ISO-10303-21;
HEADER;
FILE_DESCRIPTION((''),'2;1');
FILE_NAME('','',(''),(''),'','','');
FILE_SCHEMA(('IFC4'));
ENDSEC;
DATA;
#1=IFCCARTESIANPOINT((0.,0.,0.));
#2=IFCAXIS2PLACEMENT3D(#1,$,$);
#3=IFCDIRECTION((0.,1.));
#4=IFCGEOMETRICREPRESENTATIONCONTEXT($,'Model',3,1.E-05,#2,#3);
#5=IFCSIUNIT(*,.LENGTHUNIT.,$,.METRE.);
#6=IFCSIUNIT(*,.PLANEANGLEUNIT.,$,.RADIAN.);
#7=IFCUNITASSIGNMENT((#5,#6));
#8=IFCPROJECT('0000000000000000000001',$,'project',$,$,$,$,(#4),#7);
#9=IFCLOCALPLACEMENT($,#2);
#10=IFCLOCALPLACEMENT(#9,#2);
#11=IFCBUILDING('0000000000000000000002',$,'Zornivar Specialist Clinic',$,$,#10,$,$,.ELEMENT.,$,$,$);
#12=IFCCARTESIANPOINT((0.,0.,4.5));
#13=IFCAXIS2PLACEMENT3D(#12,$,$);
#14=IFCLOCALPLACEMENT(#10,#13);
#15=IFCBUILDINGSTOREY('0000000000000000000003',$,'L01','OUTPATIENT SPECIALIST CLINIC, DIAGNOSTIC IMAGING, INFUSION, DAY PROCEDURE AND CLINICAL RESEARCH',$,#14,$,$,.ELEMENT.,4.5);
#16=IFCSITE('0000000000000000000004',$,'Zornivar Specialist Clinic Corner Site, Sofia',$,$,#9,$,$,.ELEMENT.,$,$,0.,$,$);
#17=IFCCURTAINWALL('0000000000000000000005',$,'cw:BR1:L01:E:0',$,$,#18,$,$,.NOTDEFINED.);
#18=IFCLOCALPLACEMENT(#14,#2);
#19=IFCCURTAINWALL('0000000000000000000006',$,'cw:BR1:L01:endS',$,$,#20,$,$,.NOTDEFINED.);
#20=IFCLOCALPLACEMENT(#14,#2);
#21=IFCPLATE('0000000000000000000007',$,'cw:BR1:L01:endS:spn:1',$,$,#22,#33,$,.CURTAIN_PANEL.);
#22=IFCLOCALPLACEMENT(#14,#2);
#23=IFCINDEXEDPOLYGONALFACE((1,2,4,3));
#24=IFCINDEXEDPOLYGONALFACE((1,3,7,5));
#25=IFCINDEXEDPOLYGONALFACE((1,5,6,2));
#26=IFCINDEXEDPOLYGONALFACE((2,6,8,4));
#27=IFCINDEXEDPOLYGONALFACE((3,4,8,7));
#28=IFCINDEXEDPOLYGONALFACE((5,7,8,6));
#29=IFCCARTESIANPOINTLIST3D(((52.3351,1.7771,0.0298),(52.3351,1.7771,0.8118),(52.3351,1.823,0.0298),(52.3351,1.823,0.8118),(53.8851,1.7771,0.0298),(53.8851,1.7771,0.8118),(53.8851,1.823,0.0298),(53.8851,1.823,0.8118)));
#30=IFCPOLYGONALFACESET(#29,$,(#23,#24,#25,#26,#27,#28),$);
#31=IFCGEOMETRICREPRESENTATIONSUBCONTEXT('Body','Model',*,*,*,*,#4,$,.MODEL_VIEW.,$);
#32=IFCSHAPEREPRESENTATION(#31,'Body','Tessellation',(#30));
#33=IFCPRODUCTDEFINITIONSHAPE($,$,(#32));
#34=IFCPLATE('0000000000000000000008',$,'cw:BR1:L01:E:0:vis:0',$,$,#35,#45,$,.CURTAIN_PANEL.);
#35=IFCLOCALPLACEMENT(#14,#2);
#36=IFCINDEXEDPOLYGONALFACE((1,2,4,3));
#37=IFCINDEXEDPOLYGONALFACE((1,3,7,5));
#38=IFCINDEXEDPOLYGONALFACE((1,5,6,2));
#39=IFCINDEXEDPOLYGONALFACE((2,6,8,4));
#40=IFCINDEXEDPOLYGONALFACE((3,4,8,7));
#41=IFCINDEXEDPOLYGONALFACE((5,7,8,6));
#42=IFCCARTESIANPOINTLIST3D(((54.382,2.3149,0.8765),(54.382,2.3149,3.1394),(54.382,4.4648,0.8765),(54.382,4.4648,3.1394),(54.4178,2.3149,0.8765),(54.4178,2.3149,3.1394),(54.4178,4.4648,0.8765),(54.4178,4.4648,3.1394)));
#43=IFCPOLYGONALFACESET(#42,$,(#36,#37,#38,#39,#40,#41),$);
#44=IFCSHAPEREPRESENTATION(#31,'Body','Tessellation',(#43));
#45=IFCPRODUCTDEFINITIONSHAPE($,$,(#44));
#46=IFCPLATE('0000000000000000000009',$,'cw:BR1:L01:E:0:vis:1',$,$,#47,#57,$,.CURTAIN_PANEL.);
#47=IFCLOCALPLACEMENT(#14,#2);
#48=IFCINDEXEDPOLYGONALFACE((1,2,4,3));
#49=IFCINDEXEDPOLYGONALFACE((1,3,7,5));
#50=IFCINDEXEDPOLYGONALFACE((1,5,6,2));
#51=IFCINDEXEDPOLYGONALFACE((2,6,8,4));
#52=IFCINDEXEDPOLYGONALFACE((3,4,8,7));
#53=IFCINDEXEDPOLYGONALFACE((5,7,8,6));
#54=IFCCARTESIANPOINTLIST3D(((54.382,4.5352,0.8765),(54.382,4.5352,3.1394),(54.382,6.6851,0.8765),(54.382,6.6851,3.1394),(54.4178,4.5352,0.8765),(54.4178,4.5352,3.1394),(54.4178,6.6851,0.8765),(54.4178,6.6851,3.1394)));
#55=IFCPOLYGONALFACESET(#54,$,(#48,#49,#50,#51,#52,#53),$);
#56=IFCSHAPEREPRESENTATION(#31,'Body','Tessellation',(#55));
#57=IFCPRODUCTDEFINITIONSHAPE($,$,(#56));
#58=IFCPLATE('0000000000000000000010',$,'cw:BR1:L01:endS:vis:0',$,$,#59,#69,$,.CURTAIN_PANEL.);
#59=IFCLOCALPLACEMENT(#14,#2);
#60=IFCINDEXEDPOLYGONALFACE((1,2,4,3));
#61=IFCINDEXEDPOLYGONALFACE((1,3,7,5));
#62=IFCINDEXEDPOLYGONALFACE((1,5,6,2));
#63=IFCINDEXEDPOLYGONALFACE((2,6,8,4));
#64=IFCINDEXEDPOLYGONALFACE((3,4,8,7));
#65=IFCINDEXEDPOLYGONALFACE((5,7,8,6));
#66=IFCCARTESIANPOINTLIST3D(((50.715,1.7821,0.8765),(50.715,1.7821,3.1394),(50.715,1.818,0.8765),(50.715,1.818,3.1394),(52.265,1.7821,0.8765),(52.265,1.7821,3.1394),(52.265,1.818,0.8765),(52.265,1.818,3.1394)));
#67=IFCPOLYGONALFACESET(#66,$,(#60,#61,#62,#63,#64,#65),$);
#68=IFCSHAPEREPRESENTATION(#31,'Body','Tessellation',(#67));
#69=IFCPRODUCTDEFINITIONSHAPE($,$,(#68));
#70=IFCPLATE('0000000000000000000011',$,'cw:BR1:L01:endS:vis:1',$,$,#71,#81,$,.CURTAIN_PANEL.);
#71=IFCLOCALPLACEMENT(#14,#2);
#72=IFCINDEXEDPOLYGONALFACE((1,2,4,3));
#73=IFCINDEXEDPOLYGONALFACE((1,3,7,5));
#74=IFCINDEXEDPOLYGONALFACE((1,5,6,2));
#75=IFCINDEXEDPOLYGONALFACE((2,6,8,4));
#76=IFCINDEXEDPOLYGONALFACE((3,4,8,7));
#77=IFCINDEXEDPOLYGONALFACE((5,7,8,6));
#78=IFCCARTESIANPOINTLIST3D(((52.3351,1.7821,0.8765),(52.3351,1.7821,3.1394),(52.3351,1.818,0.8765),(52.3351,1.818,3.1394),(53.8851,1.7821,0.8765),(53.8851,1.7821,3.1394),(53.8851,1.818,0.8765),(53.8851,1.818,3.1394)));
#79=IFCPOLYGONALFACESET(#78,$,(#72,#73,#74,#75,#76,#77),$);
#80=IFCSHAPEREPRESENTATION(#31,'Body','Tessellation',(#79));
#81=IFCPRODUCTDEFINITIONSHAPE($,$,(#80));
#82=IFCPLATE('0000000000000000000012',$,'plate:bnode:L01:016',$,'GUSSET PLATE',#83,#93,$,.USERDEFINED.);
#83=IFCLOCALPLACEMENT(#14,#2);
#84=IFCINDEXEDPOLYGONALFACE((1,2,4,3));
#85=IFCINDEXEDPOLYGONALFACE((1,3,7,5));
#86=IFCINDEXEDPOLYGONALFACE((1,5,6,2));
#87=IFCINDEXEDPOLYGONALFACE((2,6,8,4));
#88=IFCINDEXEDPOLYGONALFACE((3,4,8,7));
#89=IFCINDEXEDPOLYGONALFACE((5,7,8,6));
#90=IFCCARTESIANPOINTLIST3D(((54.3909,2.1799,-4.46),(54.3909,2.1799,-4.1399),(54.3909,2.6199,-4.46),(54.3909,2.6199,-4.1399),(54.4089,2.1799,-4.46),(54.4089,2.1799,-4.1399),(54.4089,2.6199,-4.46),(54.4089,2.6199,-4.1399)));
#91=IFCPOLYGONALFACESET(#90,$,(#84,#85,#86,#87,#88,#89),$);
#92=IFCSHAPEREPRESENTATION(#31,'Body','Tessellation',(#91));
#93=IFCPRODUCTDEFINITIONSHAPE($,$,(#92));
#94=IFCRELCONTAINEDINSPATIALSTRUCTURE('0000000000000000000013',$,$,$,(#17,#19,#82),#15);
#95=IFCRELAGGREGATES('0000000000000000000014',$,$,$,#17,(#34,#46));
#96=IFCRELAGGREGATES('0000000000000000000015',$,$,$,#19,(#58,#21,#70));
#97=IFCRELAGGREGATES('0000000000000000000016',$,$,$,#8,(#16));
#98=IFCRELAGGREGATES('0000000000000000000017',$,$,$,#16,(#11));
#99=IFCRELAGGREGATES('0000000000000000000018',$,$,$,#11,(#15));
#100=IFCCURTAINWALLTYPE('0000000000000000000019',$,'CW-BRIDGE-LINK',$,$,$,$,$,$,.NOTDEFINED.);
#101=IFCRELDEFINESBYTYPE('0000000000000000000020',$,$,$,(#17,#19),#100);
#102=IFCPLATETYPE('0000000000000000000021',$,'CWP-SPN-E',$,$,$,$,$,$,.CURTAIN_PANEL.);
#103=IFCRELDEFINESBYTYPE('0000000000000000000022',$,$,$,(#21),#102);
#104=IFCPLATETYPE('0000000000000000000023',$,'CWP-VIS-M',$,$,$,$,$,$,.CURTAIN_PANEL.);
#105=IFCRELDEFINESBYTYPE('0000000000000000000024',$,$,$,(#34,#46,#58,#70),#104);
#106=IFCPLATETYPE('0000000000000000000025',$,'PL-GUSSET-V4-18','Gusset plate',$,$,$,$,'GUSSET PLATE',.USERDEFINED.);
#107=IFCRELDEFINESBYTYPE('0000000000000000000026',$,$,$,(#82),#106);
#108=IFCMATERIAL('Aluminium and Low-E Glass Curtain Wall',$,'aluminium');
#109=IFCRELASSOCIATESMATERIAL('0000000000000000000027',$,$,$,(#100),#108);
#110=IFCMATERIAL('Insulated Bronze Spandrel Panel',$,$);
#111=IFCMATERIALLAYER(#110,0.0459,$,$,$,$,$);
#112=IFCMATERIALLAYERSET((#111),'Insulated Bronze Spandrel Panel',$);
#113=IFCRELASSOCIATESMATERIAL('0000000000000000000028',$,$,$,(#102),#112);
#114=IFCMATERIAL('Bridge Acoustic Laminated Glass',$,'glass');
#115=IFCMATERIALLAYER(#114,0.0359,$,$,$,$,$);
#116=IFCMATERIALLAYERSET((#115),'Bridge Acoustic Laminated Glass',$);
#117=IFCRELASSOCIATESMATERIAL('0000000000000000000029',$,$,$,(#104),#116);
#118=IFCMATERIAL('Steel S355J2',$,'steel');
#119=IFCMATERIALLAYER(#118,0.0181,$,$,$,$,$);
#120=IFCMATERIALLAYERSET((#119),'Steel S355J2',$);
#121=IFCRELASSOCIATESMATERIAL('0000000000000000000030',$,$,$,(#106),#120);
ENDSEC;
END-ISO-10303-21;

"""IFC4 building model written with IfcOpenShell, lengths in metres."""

from ifc_helpers import new_model, si_unit, direction, frame, origin, origin_2d, place, context, subcontext, project, spatial, rectangle, extrude, material, layer, layer_set, type_object, element, aggregate, save


model = new_model("IFC4")

# Units and contexts
model_context = context("Model", 3, precision=1e-05, world=origin(), true_north=direction((0.0, 1.0)))
body_context = subcontext(model_context, "Body", "Model", "MODEL_VIEW")
ifc_project = project(units=[si_unit("LENGTHUNIT", "METRE"), si_unit("PLANEANGLEUNIT", "RADIAN")], contexts=[model_context])

# Site, building, storey
site_placement = place(None, origin())
site = spatial("IfcSite", under=ifc_project, at=site_placement, Name="Zornivar Specialist Clinic Corner Site, Sofia", CompositionType="ELEMENT", RefElevation=0.0)
building_placement = place(site_placement, origin())
building = spatial("IfcBuilding", under=site, at=building_placement, Name="Zornivar Specialist Clinic", CompositionType="ELEMENT")
storey_placement = place(building_placement, frame((0.0, 0.0, 4.5)))
storey = spatial("IfcBuildingStorey", under=building, at=storey_placement, Name="L01", Description="OUTPATIENT SPECIALIST CLINIC, DIAGNOSTIC IMAGING, INFUSION, DAY PROCEDURE AND CLINICAL RESEARCH", CompositionType="ELEMENT", Elevation=4.5)

# Curtain wall
ifc_material_1 = material(Name="Aluminium and Low-E Glass Curtain Wall", Category="aluminium")
curtain_wall_type = type_object("IfcCurtainWallType", Name="CW-BRIDGE-LINK", PredefinedType="NOTDEFINED", material=ifc_material_1)
curtain_wall_1_placement = place(storey_placement, origin())
curtain_wall_1 = element("IfcCurtainWall", 1, at=curtain_wall_1_placement, inside=storey, type_object=curtain_wall_type, Name="cw:BR1:L01:E:0", PredefinedType="NOTDEFINED")

# Curtain wall
curtain_wall_2_placement = place(storey_placement, origin())
curtain_wall_2 = element("IfcCurtainWall", 2, at=curtain_wall_2_placement, inside=storey, type_object=curtain_wall_type, Name="cw:BR1:L01:endS", PredefinedType="NOTDEFINED")

# Plates
ifc_material_2 = material(Name="Insulated Bronze Spandrel Panel")
ifc_layer_1 = layer(ifc_material_2, 0.0459)
ifc_layer_set_1 = layer_set([ifc_layer_1], Name="Insulated Bronze Spandrel Panel")
plate_type_1 = type_object("IfcPlateType", Name="CWP-SPN-E", PredefinedType="CURTAIN_PANEL", material=ifc_layer_set_1)
plate_1_placement = place(storey_placement, frame((53.1101, 1.8, 0.0298), z_axis=(0.0, 0.0, 1.0), x_axis=(1.0, 0.0, 0.0)))
plate_1 = element("IfcPlate", 3, at=plate_1_placement, type_object=plate_type_1, Name="cw:BR1:L01:endS:spn:1", PredefinedType="CURTAIN_PANEL", context=body_context, shape_type="SweptSolid", body=[
    extrude(rectangle(XDim=1.55, YDim=0.0459, at=origin_2d()), origin(), (0.0, 0.0, 1.0), 0.782),
])
ifc_material_3 = material(Name="Bridge Acoustic Laminated Glass", Category="glass")
ifc_layer_2 = layer(ifc_material_3, 0.0359)
ifc_layer_set_2 = layer_set([ifc_layer_2], Name="Bridge Acoustic Laminated Glass")
plate_type_2 = type_object("IfcPlateType", Name="CWP-VIS-M", PredefinedType="CURTAIN_PANEL", material=ifc_layer_set_2)
plate_2_placement = place(storey_placement, frame((54.3999, 3.3899, 0.8765), z_axis=(0.0, 0.0, 1.0), x_axis=(0.0, 1.0, 0.0)))
plate_2 = element("IfcPlate", 4, at=plate_2_placement, type_object=plate_type_2, Name="cw:BR1:L01:E:0:vis:0", PredefinedType="CURTAIN_PANEL", context=body_context, shape_type="SweptSolid", body=[
    extrude(rectangle(XDim=2.1499, YDim=0.0359, at=origin_2d()), origin(), (0.0, 0.0, 1.0), 2.2629),
])
plate_3_placement = place(storey_placement, frame((54.3999, 5.6101, 0.8765), z_axis=(0.0, 0.0, 1.0), x_axis=(0.0, 1.0, 0.0)))
plate_3 = element("IfcPlate", 5, at=plate_3_placement, type_object=plate_type_2, Name="cw:BR1:L01:E:0:vis:1", PredefinedType="CURTAIN_PANEL", context=body_context, shape_type="SweptSolid", body=[
    extrude(rectangle(XDim=2.1499, YDim=0.0359, at=origin_2d()), origin(), (0.0, 0.0, 1.0), 2.2629),
])
aggregate(curtain_wall_1, [plate_2, plate_3])
plate_4_placement = place(storey_placement, frame((51.49, 1.8, 0.8765), z_axis=(0.0, 0.0, 1.0), x_axis=(1.0, 0.0, 0.0)))
plate_4 = element("IfcPlate", 6, at=plate_4_placement, type_object=plate_type_2, Name="cw:BR1:L01:endS:vis:0", PredefinedType="CURTAIN_PANEL", context=body_context, shape_type="SweptSolid", body=[
    extrude(rectangle(XDim=1.55, YDim=0.0359, at=origin_2d()), origin(), (0.0, 0.0, 1.0), 2.2629),
])
plate_5_placement = place(storey_placement, frame((53.1101, 1.8, 0.8765), z_axis=(0.0, 0.0, 1.0), x_axis=(1.0, 0.0, 0.0)))
plate_5 = element("IfcPlate", 7, at=plate_5_placement, type_object=plate_type_2, Name="cw:BR1:L01:endS:vis:1", PredefinedType="CURTAIN_PANEL", context=body_context, shape_type="SweptSolid", body=[
    extrude(rectangle(XDim=1.55, YDim=0.0359, at=origin_2d()), origin(), (0.0, 0.0, 1.0), 2.2629),
])
aggregate(curtain_wall_2, [plate_4, plate_1, plate_5])
ifc_material_4 = material(Name="Steel S355J2", Category="steel")
ifc_layer_3 = layer(ifc_material_4, 0.0181)
ifc_layer_set_3 = layer_set([ifc_layer_3], Name="Steel S355J2")
plate_type_3 = type_object("IfcPlateType", Name="PL-GUSSET-V4-18", Description="Gusset plate", ElementType="GUSSET PLATE", PredefinedType="USERDEFINED", material=ifc_layer_set_3)
plate_6_placement = place(storey_placement, frame((54.3999, 2.3999, -4.46), z_axis=(0.0, 0.0, 1.0), x_axis=(0.0, 1.0, 0.0)))
element("IfcPlate", 8, at=plate_6_placement, inside=storey, type_object=plate_type_3, Name="plate:bnode:L01:016", ObjectType="GUSSET PLATE", PredefinedType="USERDEFINED", context=body_context, shape_type="SweptSolid", body=[
    extrude(rectangle(XDim=0.4399, YDim=0.0181, at=origin_2d()), origin(), (0.0, 0.0, 1.0), 0.3201),
])

save(model, "model.ifc")
